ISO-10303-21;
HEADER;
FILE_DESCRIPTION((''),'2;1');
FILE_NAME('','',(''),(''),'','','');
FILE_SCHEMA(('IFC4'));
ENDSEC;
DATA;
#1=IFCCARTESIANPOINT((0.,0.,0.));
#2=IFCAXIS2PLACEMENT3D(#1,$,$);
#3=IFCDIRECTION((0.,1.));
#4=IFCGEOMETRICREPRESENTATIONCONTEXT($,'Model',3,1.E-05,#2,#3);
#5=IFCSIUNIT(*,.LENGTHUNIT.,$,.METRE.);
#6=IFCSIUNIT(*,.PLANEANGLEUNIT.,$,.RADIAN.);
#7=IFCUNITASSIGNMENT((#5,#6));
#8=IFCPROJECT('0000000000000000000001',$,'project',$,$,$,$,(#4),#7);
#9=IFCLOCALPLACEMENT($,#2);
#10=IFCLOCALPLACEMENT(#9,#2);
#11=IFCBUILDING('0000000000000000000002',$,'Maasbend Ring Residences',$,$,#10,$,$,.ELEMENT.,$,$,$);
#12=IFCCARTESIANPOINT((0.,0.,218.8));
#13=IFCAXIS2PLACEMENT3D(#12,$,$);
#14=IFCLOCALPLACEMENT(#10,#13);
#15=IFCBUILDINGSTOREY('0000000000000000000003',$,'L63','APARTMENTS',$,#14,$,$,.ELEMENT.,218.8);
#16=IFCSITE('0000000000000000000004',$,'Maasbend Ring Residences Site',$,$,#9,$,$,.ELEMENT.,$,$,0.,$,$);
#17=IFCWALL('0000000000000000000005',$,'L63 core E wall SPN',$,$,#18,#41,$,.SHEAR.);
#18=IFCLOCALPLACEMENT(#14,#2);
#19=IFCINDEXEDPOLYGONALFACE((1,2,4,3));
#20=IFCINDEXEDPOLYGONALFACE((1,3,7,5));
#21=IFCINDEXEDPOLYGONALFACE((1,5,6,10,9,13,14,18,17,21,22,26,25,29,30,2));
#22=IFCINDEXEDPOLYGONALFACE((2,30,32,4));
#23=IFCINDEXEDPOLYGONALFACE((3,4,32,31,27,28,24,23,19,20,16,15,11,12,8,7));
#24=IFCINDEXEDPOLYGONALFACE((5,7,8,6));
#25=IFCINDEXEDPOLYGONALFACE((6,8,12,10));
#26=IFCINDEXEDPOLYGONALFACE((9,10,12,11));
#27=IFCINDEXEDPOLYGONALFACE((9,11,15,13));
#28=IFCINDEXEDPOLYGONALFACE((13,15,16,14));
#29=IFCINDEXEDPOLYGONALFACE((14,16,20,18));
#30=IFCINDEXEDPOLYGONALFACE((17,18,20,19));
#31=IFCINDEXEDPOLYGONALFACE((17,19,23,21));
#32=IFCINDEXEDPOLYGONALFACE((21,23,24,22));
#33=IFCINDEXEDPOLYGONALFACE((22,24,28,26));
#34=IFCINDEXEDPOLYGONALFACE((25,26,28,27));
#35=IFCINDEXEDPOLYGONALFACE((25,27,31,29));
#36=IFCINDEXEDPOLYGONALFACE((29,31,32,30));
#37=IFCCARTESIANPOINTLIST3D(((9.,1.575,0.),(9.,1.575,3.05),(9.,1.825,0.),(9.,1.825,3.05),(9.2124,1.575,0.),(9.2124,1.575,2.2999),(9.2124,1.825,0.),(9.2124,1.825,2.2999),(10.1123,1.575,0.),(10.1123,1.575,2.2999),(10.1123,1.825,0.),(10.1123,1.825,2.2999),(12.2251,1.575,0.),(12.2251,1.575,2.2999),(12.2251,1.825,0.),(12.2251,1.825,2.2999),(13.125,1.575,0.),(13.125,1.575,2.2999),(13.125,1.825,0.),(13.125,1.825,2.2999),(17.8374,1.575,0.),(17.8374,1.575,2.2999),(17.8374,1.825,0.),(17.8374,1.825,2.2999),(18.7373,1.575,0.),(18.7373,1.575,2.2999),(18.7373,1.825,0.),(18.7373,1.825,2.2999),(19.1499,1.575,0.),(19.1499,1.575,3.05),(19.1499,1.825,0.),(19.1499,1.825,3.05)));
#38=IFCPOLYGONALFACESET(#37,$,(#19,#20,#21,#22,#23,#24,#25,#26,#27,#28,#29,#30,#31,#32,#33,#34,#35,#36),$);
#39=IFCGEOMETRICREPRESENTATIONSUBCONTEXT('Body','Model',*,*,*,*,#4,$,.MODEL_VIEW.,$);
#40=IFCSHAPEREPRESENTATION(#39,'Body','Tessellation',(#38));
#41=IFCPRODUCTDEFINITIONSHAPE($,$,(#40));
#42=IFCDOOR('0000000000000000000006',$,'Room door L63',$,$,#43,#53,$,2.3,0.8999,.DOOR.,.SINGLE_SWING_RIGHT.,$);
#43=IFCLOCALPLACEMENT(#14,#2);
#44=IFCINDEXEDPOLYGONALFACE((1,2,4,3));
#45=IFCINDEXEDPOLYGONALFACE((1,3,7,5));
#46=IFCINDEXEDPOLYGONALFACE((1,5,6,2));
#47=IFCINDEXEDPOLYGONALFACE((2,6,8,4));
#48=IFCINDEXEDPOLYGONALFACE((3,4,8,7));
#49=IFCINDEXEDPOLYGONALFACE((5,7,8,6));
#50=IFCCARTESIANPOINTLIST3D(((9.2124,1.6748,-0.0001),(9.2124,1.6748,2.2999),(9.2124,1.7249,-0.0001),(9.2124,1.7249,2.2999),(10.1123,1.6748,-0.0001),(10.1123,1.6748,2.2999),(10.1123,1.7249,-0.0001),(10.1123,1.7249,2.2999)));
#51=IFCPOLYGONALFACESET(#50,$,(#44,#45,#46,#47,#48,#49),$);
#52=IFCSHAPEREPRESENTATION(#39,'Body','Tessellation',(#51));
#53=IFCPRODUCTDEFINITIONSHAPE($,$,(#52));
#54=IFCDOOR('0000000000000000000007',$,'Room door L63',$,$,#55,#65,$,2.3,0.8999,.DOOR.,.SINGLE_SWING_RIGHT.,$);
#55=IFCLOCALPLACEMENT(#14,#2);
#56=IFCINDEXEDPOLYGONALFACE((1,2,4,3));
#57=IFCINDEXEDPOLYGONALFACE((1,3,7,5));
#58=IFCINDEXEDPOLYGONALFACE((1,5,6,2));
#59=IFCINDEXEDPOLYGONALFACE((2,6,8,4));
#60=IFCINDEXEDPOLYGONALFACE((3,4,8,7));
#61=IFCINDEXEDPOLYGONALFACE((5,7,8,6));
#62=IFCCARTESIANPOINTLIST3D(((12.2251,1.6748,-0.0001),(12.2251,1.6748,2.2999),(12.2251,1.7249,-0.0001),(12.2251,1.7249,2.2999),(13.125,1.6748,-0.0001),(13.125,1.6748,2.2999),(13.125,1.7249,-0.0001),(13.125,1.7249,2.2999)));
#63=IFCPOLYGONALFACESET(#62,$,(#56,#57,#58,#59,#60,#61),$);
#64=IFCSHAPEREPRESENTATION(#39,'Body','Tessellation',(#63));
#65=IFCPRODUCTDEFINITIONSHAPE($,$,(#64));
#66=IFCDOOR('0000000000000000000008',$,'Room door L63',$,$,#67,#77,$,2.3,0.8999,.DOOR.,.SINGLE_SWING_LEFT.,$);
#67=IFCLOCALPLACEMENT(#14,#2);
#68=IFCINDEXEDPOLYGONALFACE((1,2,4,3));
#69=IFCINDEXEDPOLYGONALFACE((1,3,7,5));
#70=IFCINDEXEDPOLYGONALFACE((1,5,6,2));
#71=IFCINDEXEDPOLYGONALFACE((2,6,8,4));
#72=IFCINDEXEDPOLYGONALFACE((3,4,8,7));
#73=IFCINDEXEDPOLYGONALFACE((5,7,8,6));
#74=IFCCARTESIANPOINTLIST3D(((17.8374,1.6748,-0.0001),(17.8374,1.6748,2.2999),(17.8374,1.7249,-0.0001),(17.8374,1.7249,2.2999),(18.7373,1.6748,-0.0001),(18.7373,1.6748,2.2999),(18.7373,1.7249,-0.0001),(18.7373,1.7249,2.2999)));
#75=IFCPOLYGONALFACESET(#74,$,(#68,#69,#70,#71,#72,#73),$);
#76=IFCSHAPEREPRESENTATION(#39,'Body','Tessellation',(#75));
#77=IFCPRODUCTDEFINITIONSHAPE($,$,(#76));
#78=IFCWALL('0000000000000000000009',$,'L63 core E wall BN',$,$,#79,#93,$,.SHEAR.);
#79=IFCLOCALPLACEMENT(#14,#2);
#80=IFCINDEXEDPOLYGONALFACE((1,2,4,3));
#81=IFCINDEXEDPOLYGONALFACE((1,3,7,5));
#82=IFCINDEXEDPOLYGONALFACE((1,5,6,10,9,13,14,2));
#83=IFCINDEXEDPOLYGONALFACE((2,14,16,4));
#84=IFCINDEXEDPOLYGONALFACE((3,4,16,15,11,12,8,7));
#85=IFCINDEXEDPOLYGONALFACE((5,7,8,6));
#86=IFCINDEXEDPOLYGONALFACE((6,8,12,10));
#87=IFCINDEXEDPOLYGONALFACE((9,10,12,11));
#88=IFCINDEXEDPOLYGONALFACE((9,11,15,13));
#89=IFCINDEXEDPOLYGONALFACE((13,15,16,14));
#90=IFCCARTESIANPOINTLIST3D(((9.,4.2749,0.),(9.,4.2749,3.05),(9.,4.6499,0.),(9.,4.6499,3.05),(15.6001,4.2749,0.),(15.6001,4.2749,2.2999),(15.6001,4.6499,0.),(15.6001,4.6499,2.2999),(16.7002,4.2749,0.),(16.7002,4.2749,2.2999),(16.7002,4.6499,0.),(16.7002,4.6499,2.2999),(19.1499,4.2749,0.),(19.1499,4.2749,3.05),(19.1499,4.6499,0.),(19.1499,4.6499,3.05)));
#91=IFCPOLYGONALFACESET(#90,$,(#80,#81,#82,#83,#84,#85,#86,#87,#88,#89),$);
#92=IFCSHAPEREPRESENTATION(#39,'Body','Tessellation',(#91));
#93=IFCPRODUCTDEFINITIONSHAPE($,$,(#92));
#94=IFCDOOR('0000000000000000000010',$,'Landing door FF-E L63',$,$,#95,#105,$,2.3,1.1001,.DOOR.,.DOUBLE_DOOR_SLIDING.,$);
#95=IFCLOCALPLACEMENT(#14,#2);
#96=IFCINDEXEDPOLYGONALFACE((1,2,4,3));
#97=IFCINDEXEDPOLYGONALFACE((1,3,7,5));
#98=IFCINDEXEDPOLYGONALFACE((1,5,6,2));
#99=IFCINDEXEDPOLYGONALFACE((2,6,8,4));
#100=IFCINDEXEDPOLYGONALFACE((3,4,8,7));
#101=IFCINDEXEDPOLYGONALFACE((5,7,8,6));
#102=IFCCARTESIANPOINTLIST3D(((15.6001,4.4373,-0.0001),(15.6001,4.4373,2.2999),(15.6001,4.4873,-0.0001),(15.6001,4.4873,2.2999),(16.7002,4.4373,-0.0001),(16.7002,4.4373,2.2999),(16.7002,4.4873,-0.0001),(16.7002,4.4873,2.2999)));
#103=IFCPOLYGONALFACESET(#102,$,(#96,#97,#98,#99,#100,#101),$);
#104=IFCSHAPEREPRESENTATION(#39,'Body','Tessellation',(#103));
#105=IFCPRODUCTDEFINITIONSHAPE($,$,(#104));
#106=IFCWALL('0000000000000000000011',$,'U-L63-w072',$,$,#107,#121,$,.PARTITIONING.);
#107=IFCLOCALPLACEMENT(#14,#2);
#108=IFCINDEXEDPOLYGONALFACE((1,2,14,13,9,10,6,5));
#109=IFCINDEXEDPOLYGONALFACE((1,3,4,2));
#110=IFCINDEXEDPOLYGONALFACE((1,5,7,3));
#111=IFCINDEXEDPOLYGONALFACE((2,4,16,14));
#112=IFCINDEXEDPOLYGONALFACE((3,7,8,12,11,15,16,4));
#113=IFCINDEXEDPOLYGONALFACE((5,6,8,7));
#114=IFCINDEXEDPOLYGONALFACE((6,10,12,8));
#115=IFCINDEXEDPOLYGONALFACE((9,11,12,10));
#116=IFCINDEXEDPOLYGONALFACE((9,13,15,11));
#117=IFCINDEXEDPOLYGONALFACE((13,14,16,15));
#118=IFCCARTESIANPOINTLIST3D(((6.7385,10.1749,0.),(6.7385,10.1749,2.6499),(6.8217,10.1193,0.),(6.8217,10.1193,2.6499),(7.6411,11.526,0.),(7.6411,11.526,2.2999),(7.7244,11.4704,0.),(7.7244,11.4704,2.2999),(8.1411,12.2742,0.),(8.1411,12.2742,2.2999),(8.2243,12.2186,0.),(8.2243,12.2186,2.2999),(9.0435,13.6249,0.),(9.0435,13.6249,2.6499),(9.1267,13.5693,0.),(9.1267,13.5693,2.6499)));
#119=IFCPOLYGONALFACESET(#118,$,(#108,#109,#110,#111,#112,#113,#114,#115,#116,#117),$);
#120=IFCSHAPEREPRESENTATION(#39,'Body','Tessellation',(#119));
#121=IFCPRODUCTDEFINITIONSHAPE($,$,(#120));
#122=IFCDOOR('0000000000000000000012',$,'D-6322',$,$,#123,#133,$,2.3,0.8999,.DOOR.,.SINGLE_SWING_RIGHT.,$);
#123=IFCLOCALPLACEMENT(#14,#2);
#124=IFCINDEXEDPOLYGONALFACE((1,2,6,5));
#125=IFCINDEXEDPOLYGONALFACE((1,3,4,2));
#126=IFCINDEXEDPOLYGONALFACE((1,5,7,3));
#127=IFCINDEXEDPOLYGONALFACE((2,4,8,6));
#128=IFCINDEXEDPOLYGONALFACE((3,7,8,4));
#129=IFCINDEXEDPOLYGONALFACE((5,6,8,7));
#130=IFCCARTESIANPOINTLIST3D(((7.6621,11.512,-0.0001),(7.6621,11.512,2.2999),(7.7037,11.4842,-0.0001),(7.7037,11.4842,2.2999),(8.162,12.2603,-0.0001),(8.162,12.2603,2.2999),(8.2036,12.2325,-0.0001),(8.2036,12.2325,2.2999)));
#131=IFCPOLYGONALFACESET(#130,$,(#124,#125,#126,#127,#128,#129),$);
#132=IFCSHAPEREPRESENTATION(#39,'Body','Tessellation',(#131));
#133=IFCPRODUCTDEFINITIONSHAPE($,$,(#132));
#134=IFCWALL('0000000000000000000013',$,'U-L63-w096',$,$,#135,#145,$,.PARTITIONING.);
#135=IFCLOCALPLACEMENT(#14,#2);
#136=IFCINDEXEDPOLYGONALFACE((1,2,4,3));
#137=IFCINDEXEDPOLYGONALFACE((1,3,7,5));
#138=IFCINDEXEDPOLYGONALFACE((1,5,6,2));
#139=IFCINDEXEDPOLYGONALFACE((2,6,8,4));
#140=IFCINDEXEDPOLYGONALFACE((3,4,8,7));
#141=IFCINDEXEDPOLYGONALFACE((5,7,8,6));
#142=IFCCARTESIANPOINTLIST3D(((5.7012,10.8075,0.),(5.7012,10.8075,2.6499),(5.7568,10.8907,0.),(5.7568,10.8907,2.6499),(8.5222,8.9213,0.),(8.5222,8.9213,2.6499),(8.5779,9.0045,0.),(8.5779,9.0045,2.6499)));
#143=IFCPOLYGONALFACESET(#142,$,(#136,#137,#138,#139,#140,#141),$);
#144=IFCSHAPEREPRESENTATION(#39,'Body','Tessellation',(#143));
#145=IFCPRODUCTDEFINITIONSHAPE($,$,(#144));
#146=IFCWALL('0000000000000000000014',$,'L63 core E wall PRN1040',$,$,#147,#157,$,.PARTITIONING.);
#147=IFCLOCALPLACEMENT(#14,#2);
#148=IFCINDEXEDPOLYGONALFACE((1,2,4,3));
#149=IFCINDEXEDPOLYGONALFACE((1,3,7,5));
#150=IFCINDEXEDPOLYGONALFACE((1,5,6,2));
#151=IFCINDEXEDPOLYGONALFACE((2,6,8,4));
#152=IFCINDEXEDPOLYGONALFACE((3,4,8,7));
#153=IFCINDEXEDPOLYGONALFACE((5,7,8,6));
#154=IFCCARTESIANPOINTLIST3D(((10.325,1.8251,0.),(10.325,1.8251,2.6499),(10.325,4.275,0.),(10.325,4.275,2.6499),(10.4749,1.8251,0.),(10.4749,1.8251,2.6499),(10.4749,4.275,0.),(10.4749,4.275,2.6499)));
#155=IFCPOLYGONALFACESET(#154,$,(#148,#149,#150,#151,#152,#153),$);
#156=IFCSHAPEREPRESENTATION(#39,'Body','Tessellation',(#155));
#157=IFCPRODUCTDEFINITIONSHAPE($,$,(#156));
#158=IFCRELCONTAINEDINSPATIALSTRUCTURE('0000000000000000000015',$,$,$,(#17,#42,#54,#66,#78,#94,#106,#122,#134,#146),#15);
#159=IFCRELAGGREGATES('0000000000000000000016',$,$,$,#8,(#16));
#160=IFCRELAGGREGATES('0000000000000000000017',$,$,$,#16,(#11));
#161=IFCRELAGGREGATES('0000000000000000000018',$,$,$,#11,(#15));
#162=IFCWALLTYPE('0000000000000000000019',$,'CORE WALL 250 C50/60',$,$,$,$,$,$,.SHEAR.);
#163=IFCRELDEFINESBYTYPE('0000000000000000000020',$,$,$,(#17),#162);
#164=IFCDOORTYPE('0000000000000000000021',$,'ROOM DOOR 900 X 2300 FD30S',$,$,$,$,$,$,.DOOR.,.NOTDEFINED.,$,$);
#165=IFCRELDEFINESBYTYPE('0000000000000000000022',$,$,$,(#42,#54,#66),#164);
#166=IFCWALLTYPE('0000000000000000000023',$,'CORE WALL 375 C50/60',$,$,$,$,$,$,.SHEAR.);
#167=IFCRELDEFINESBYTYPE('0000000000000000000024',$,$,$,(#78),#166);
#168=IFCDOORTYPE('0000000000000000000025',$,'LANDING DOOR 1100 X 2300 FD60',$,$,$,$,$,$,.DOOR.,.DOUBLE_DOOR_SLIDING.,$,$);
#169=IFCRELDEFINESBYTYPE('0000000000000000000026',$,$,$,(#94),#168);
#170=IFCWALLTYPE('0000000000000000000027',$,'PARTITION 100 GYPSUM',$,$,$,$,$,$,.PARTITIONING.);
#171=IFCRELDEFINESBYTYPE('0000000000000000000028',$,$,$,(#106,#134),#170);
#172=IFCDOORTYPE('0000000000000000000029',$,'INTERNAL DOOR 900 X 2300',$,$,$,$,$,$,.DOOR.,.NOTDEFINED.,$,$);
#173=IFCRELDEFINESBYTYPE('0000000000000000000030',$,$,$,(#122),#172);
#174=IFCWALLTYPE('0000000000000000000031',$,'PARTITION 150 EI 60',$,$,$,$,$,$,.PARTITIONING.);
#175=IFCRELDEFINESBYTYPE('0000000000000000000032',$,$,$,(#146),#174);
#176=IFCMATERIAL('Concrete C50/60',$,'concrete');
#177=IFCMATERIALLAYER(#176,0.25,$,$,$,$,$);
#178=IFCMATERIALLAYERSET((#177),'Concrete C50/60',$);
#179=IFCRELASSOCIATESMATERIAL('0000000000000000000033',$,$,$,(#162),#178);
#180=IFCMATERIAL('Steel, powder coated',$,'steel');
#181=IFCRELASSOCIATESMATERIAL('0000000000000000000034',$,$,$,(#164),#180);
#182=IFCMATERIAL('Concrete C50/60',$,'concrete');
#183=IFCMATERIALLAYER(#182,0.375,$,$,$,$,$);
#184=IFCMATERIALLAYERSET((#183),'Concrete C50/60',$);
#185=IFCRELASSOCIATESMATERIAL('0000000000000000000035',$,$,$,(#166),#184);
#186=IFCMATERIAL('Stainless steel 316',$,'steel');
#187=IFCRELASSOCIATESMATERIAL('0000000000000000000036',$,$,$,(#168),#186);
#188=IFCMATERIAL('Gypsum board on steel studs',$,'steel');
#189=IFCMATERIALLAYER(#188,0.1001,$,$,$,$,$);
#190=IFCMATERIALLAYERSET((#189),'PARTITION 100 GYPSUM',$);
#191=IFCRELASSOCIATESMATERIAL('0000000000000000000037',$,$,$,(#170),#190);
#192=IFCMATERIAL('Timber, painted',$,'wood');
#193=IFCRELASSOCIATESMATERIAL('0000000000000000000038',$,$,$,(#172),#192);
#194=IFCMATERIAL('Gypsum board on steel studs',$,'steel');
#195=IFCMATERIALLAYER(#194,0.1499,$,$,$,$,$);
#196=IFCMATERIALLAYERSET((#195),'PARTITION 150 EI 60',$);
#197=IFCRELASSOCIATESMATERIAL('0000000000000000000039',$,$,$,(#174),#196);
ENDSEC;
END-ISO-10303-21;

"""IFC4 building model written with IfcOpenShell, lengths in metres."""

from ifc_helpers import new_model, si_unit, direction, frame, frame_2d, origin, place, context, subcontext, project, spatial, rectangle, extrude, material, layer, layer_set, type_object, element, fill, save


model = new_model("IFC4")

# Units and contexts
model_context = context("Model", 3, precision=1e-05, world=origin(), true_north=direction((0.0, 1.0)))
body_context = subcontext(model_context, "Body", "Model", "MODEL_VIEW")
ifc_project = project(units=[si_unit("LENGTHUNIT", "METRE"), si_unit("PLANEANGLEUNIT", "RADIAN")], contexts=[model_context])

# Site, building, storey
site_placement = place(None, origin())
site = spatial("IfcSite", under=ifc_project, at=site_placement, Name="Maasbend Ring Residences Site", CompositionType="ELEMENT", RefElevation=0.0)
building_placement = place(site_placement, origin())
building = spatial("IfcBuilding", under=site, at=building_placement, Name="Maasbend Ring Residences", CompositionType="ELEMENT")
storey_placement = place(building_placement, frame((0.0, 0.0, 218.8)))
storey = spatial("IfcBuildingStorey", under=building, at=storey_placement, Name="L63", Description="APARTMENTS", CompositionType="ELEMENT", Elevation=218.8)

# Wall, openings, doors
ifc_material_1 = material(Name="Concrete C50/60", Category="concrete")
ifc_layer_1 = layer(ifc_material_1, 0.25)
ifc_layer_set_1 = layer_set([ifc_layer_1], Name="Concrete C50/60")
wall_type_1 = type_object("IfcWallType", Name="CORE WALL 250 C50/60", PredefinedType="SHEAR", material=ifc_layer_set_1)
wall_1_placement = place(storey_placement, frame((9.0, 1.7, 0.0), z_axis=(0.0, 0.0, 1.0), x_axis=(1.0, 0.0, 0.0)))
wall_1 = element("IfcWall", 1, at=wall_1_placement, inside=storey, type_object=wall_type_1, Name="L63 core E wall SPN", PredefinedType="SHEAR", context=body_context, shape_type="SweptSolid", body=[
    extrude(rectangle(XDim=10.1499, YDim=0.25, at=frame_2d((5.075, 0.0))), origin(), (0.0, 0.0, 1.0), 3.05),
])
opening_1_placement = place(wall_1_placement, frame((0.2124, 0.0, 0.0)))
opening_1 = element("IfcOpeningElement", 2, at=opening_1_placement, cuts=wall_1, PredefinedType="OPENING", context=body_context, shape_type="SweptSolid", body=[
    extrude(rectangle(XDim=0.8999, YDim=2.3, at=frame_2d((0.45, 1.1499))), frame((0.0, 0.135, 0.0), z_axis=(0.0, -1.0, 0.0), x_axis=(1.0, 0.0, 0.0)), (0.0, 0.0, 1.0), 0.27),
])
opening_2_placement = place(wall_1_placement, frame((3.2251, 0.0, 0.0)))
opening_2 = element("IfcOpeningElement", 3, at=opening_2_placement, cuts=wall_1, PredefinedType="OPENING", context=body_context, shape_type="SweptSolid", body=[
    extrude(rectangle(XDim=0.8999, YDim=2.3, at=frame_2d((0.45, 1.1499))), frame((0.0, 0.135, 0.0), z_axis=(0.0, -1.0, 0.0), x_axis=(1.0, 0.0, 0.0)), (0.0, 0.0, 1.0), 0.27),
])
opening_3_placement = place(wall_1_placement, frame((8.8374, 0.0, 0.0)))
opening_3 = element("IfcOpeningElement", 4, at=opening_3_placement, cuts=wall_1, PredefinedType="OPENING", context=body_context, shape_type="SweptSolid", body=[
    extrude(rectangle(XDim=0.8999, YDim=2.3, at=frame_2d((0.45, 1.1499))), frame((0.0, 0.135, 0.0), z_axis=(0.0, -1.0, 0.0), x_axis=(1.0, 0.0, 0.0)), (0.0, 0.0, 1.0), 0.27),
])
ifc_material_2 = material(Name="Steel, powder coated", Category="steel")
door_type_1 = type_object("IfcDoorType", Name="ROOM DOOR 900 X 2300 FD30S", OperationType="NOTDEFINED", PredefinedType="DOOR", material=ifc_material_2)
door_1_placement = place(opening_1_placement, origin())
door_1 = element("IfcDoor", 5, at=door_1_placement, inside=storey, type_object=door_type_1, Name="Room door L63", OperationType="SINGLE_SWING_RIGHT", OverallHeight=2.3, OverallWidth=0.8999, PredefinedType="DOOR", context=body_context, shape_type="SweptSolid", body=[
    extrude(rectangle(XDim=0.8999, YDim=2.3, at=frame_2d((0.45, 1.1499))), frame((0.0, 0.0249, 0.0), z_axis=(0.0, -1.0, 0.0), x_axis=(1.0, 0.0, 0.0)), (0.0, 0.0, 1.0), 0.05),
])
fill(opening_1, door_1)
door_2_placement = place(opening_2_placement, origin())
door_2 = element("IfcDoor", 6, at=door_2_placement, inside=storey, type_object=door_type_1, Name="Room door L63", OperationType="SINGLE_SWING_RIGHT", OverallHeight=2.3, OverallWidth=0.8999, PredefinedType="DOOR", context=body_context, shape_type="SweptSolid", body=[
    extrude(rectangle(XDim=0.8999, YDim=2.3, at=frame_2d((0.45, 1.1499))), frame((0.0, 0.0249, 0.0), z_axis=(0.0, -1.0, 0.0), x_axis=(1.0, 0.0, 0.0)), (0.0, 0.0, 1.0), 0.05),
])
fill(opening_2, door_2)
door_3_placement = place(opening_3_placement, origin())
door_3 = element("IfcDoor", 7, at=door_3_placement, inside=storey, type_object=door_type_1, Name="Room door L63", OperationType="SINGLE_SWING_LEFT", OverallHeight=2.3, OverallWidth=0.8999, PredefinedType="DOOR", context=body_context, shape_type="SweptSolid", body=[
    extrude(rectangle(XDim=0.8999, YDim=2.3, at=frame_2d((0.45, 1.1499))), frame((0.0, 0.0249, 0.0), z_axis=(0.0, -1.0, 0.0), x_axis=(1.0, 0.0, 0.0)), (0.0, 0.0, 1.0), 0.05),
])
fill(opening_3, door_3)

# Walls, openings, doors
ifc_material_3 = material(Name="Concrete C50/60", Category="concrete")
ifc_layer_2 = layer(ifc_material_3, 0.375)
ifc_layer_set_2 = layer_set([ifc_layer_2], Name="Concrete C50/60")
wall_type_2 = type_object("IfcWallType", Name="CORE WALL 375 C50/60", PredefinedType="SHEAR", material=ifc_layer_set_2)
wall_2_placement = place(storey_placement, frame((9.0, 4.4624, 0.0), z_axis=(0.0, 0.0, 1.0), x_axis=(1.0, 0.0, 0.0)))
wall_2 = element("IfcWall", 8, at=wall_2_placement, inside=storey, type_object=wall_type_2, Name="L63 core E wall BN", PredefinedType="SHEAR", context=body_context, shape_type="SweptSolid", body=[
    extrude(rectangle(XDim=10.1499, YDim=0.375, at=frame_2d((5.075, 0.0))), origin(), (0.0, 0.0, 1.0), 3.05),
])
opening_4_placement = place(wall_2_placement, frame((6.6001, 0.0, 0.0)))
opening_4 = element("IfcOpeningElement", 9, at=opening_4_placement, cuts=wall_2, PredefinedType="OPENING", context=body_context, shape_type="SweptSolid", body=[
    extrude(rectangle(XDim=1.1001, YDim=2.3, at=frame_2d((0.55, 1.1499))), frame((0.0, 0.1975, 0.0), z_axis=(0.0, -1.0, 0.0), x_axis=(1.0, 0.0, 0.0)), (0.0, 0.0, 1.0), 0.395),
])
ifc_material_4 = material(Name="Stainless steel 316", Category="steel")
door_type_2 = type_object("IfcDoorType", Name="LANDING DOOR 1100 X 2300 FD60", OperationType="DOUBLE_DOOR_SLIDING", PredefinedType="DOOR", material=ifc_material_4)
door_4_placement = place(opening_4_placement, origin())
door_4 = element("IfcDoor", 10, at=door_4_placement, inside=storey, type_object=door_type_2, Name="Landing door FF-E L63", OperationType="DOUBLE_DOOR_SLIDING", OverallHeight=2.3, OverallWidth=1.1001, PredefinedType="DOOR", context=body_context, shape_type="SweptSolid", body=[
    extrude(rectangle(XDim=1.1001, YDim=2.3, at=frame_2d((0.55, 1.1499))), frame((0.0, 0.0249, 0.0), z_axis=(0.0, -1.0, 0.0), x_axis=(1.0, 0.0, 0.0)), (0.0, 0.0, 1.0), 0.05),
])
fill(opening_4, door_4)
ifc_material_5 = material(Name="Gypsum board on steel studs", Category="steel")
ifc_layer_3 = layer(ifc_material_5, 0.1001)
ifc_layer_set_3 = layer_set([ifc_layer_3], Name="PARTITION 100 GYPSUM")
wall_type_3 = type_object("IfcWallType", Name="PARTITION 100 GYPSUM", PredefinedType="PARTITIONING", material=ifc_layer_set_3)
wall_3_placement = place(storey_placement, frame((6.78, 10.147, 0.0), z_axis=(0.0, 0.0, 1.0), x_axis=(0.555528, 0.831498, 0.0)))
wall_3 = element("IfcWall", 11, at=wall_3_placement, inside=storey, type_object=wall_type_3, Name="U-L63-w072", PredefinedType="PARTITIONING", context=body_context, shape_type="SweptSolid", body=[
    extrude(rectangle(XDim=4.1492, YDim=0.1001, at=frame_2d((2.0747, 0.0))), origin(), (0.0, 0.0, 1.0), 2.6499),
])
opening_5_placement = place(wall_3_placement, frame((1.625, 0.0, 0.0)))
opening_5 = element("IfcOpeningElement", 12, at=opening_5_placement, cuts=wall_3, PredefinedType="OPENING", context=body_context, shape_type="SweptSolid", body=[
    extrude(rectangle(XDim=0.8999, YDim=2.3, at=frame_2d((0.45, 1.1499))), frame((0.0, 0.0601, 0.0), z_axis=(0.0, -1.0, 0.0), x_axis=(1.0, 0.0, 0.0)), (0.0, 0.0, 1.0), 0.1201),
])
ifc_material_6 = material(Name="Timber, painted", Category="wood")
door_type_3 = type_object("IfcDoorType", Name="INTERNAL DOOR 900 X 2300", OperationType="NOTDEFINED", PredefinedType="DOOR", material=ifc_material_6)
door_5_placement = place(opening_5_placement, origin())
door_5 = element("IfcDoor", 13, at=door_5_placement, inside=storey, type_object=door_type_3, Name="D-6322", OperationType="SINGLE_SWING_RIGHT", OverallHeight=2.3, OverallWidth=0.8999, PredefinedType="DOOR", context=body_context, shape_type="SweptSolid", body=[
    extrude(rectangle(XDim=0.8999, YDim=2.3, at=frame_2d((0.45, 1.1499))), frame((0.0, 0.0249, 0.0), z_axis=(0.0, -1.0, 0.0), x_axis=(1.0, 0.0, 0.0)), (0.0, 0.0, 1.0), 0.05),
])
fill(opening_5, door_5)

# Walls
wall_4_placement = place(storey_placement, frame((5.729, 10.8491, 0.0), z_axis=(0.0, 0.0, 1.0), x_axis=(0.831297, -0.555829, 0.0)))
element("IfcWall", 14, at=wall_4_placement, inside=storey, type_object=wall_type_3, Name="U-L63-w096", PredefinedType="PARTITIONING", context=body_context, shape_type="SweptSolid", body=[
    extrude(rectangle(XDim=3.3936, YDim=0.1001, at=frame_2d((1.6968, 0.0))), origin(), (0.0, 0.0, 1.0), 2.6499),
])
ifc_material_7 = material(Name="Gypsum board on steel studs", Category="steel")
ifc_layer_4 = layer(ifc_material_7, 0.1499)
ifc_layer_set_4 = layer_set([ifc_layer_4], Name="PARTITION 150 EI 60")
wall_type_4 = type_object("IfcWallType", Name="PARTITION 150 EI 60", PredefinedType="PARTITIONING", material=ifc_layer_set_4)
wall_5_placement = place(storey_placement, frame((10.3999, 1.825, 0.0), z_axis=(0.0, 0.0, 1.0), x_axis=(0.0, 1.0, 0.0)))
element("IfcWall", 15, at=wall_5_placement, inside=storey, type_object=wall_type_4, Name="L63 core E wall PRN1040", PredefinedType="PARTITIONING", context=body_context, shape_type="SweptSolid", body=[
    extrude(rectangle(XDim=2.45, YDim=0.1499, at=frame_2d((1.2251, 0.0))), origin(), (0.0, 0.0, 1.0), 2.6499),
])

save(model, "model.ifc")
